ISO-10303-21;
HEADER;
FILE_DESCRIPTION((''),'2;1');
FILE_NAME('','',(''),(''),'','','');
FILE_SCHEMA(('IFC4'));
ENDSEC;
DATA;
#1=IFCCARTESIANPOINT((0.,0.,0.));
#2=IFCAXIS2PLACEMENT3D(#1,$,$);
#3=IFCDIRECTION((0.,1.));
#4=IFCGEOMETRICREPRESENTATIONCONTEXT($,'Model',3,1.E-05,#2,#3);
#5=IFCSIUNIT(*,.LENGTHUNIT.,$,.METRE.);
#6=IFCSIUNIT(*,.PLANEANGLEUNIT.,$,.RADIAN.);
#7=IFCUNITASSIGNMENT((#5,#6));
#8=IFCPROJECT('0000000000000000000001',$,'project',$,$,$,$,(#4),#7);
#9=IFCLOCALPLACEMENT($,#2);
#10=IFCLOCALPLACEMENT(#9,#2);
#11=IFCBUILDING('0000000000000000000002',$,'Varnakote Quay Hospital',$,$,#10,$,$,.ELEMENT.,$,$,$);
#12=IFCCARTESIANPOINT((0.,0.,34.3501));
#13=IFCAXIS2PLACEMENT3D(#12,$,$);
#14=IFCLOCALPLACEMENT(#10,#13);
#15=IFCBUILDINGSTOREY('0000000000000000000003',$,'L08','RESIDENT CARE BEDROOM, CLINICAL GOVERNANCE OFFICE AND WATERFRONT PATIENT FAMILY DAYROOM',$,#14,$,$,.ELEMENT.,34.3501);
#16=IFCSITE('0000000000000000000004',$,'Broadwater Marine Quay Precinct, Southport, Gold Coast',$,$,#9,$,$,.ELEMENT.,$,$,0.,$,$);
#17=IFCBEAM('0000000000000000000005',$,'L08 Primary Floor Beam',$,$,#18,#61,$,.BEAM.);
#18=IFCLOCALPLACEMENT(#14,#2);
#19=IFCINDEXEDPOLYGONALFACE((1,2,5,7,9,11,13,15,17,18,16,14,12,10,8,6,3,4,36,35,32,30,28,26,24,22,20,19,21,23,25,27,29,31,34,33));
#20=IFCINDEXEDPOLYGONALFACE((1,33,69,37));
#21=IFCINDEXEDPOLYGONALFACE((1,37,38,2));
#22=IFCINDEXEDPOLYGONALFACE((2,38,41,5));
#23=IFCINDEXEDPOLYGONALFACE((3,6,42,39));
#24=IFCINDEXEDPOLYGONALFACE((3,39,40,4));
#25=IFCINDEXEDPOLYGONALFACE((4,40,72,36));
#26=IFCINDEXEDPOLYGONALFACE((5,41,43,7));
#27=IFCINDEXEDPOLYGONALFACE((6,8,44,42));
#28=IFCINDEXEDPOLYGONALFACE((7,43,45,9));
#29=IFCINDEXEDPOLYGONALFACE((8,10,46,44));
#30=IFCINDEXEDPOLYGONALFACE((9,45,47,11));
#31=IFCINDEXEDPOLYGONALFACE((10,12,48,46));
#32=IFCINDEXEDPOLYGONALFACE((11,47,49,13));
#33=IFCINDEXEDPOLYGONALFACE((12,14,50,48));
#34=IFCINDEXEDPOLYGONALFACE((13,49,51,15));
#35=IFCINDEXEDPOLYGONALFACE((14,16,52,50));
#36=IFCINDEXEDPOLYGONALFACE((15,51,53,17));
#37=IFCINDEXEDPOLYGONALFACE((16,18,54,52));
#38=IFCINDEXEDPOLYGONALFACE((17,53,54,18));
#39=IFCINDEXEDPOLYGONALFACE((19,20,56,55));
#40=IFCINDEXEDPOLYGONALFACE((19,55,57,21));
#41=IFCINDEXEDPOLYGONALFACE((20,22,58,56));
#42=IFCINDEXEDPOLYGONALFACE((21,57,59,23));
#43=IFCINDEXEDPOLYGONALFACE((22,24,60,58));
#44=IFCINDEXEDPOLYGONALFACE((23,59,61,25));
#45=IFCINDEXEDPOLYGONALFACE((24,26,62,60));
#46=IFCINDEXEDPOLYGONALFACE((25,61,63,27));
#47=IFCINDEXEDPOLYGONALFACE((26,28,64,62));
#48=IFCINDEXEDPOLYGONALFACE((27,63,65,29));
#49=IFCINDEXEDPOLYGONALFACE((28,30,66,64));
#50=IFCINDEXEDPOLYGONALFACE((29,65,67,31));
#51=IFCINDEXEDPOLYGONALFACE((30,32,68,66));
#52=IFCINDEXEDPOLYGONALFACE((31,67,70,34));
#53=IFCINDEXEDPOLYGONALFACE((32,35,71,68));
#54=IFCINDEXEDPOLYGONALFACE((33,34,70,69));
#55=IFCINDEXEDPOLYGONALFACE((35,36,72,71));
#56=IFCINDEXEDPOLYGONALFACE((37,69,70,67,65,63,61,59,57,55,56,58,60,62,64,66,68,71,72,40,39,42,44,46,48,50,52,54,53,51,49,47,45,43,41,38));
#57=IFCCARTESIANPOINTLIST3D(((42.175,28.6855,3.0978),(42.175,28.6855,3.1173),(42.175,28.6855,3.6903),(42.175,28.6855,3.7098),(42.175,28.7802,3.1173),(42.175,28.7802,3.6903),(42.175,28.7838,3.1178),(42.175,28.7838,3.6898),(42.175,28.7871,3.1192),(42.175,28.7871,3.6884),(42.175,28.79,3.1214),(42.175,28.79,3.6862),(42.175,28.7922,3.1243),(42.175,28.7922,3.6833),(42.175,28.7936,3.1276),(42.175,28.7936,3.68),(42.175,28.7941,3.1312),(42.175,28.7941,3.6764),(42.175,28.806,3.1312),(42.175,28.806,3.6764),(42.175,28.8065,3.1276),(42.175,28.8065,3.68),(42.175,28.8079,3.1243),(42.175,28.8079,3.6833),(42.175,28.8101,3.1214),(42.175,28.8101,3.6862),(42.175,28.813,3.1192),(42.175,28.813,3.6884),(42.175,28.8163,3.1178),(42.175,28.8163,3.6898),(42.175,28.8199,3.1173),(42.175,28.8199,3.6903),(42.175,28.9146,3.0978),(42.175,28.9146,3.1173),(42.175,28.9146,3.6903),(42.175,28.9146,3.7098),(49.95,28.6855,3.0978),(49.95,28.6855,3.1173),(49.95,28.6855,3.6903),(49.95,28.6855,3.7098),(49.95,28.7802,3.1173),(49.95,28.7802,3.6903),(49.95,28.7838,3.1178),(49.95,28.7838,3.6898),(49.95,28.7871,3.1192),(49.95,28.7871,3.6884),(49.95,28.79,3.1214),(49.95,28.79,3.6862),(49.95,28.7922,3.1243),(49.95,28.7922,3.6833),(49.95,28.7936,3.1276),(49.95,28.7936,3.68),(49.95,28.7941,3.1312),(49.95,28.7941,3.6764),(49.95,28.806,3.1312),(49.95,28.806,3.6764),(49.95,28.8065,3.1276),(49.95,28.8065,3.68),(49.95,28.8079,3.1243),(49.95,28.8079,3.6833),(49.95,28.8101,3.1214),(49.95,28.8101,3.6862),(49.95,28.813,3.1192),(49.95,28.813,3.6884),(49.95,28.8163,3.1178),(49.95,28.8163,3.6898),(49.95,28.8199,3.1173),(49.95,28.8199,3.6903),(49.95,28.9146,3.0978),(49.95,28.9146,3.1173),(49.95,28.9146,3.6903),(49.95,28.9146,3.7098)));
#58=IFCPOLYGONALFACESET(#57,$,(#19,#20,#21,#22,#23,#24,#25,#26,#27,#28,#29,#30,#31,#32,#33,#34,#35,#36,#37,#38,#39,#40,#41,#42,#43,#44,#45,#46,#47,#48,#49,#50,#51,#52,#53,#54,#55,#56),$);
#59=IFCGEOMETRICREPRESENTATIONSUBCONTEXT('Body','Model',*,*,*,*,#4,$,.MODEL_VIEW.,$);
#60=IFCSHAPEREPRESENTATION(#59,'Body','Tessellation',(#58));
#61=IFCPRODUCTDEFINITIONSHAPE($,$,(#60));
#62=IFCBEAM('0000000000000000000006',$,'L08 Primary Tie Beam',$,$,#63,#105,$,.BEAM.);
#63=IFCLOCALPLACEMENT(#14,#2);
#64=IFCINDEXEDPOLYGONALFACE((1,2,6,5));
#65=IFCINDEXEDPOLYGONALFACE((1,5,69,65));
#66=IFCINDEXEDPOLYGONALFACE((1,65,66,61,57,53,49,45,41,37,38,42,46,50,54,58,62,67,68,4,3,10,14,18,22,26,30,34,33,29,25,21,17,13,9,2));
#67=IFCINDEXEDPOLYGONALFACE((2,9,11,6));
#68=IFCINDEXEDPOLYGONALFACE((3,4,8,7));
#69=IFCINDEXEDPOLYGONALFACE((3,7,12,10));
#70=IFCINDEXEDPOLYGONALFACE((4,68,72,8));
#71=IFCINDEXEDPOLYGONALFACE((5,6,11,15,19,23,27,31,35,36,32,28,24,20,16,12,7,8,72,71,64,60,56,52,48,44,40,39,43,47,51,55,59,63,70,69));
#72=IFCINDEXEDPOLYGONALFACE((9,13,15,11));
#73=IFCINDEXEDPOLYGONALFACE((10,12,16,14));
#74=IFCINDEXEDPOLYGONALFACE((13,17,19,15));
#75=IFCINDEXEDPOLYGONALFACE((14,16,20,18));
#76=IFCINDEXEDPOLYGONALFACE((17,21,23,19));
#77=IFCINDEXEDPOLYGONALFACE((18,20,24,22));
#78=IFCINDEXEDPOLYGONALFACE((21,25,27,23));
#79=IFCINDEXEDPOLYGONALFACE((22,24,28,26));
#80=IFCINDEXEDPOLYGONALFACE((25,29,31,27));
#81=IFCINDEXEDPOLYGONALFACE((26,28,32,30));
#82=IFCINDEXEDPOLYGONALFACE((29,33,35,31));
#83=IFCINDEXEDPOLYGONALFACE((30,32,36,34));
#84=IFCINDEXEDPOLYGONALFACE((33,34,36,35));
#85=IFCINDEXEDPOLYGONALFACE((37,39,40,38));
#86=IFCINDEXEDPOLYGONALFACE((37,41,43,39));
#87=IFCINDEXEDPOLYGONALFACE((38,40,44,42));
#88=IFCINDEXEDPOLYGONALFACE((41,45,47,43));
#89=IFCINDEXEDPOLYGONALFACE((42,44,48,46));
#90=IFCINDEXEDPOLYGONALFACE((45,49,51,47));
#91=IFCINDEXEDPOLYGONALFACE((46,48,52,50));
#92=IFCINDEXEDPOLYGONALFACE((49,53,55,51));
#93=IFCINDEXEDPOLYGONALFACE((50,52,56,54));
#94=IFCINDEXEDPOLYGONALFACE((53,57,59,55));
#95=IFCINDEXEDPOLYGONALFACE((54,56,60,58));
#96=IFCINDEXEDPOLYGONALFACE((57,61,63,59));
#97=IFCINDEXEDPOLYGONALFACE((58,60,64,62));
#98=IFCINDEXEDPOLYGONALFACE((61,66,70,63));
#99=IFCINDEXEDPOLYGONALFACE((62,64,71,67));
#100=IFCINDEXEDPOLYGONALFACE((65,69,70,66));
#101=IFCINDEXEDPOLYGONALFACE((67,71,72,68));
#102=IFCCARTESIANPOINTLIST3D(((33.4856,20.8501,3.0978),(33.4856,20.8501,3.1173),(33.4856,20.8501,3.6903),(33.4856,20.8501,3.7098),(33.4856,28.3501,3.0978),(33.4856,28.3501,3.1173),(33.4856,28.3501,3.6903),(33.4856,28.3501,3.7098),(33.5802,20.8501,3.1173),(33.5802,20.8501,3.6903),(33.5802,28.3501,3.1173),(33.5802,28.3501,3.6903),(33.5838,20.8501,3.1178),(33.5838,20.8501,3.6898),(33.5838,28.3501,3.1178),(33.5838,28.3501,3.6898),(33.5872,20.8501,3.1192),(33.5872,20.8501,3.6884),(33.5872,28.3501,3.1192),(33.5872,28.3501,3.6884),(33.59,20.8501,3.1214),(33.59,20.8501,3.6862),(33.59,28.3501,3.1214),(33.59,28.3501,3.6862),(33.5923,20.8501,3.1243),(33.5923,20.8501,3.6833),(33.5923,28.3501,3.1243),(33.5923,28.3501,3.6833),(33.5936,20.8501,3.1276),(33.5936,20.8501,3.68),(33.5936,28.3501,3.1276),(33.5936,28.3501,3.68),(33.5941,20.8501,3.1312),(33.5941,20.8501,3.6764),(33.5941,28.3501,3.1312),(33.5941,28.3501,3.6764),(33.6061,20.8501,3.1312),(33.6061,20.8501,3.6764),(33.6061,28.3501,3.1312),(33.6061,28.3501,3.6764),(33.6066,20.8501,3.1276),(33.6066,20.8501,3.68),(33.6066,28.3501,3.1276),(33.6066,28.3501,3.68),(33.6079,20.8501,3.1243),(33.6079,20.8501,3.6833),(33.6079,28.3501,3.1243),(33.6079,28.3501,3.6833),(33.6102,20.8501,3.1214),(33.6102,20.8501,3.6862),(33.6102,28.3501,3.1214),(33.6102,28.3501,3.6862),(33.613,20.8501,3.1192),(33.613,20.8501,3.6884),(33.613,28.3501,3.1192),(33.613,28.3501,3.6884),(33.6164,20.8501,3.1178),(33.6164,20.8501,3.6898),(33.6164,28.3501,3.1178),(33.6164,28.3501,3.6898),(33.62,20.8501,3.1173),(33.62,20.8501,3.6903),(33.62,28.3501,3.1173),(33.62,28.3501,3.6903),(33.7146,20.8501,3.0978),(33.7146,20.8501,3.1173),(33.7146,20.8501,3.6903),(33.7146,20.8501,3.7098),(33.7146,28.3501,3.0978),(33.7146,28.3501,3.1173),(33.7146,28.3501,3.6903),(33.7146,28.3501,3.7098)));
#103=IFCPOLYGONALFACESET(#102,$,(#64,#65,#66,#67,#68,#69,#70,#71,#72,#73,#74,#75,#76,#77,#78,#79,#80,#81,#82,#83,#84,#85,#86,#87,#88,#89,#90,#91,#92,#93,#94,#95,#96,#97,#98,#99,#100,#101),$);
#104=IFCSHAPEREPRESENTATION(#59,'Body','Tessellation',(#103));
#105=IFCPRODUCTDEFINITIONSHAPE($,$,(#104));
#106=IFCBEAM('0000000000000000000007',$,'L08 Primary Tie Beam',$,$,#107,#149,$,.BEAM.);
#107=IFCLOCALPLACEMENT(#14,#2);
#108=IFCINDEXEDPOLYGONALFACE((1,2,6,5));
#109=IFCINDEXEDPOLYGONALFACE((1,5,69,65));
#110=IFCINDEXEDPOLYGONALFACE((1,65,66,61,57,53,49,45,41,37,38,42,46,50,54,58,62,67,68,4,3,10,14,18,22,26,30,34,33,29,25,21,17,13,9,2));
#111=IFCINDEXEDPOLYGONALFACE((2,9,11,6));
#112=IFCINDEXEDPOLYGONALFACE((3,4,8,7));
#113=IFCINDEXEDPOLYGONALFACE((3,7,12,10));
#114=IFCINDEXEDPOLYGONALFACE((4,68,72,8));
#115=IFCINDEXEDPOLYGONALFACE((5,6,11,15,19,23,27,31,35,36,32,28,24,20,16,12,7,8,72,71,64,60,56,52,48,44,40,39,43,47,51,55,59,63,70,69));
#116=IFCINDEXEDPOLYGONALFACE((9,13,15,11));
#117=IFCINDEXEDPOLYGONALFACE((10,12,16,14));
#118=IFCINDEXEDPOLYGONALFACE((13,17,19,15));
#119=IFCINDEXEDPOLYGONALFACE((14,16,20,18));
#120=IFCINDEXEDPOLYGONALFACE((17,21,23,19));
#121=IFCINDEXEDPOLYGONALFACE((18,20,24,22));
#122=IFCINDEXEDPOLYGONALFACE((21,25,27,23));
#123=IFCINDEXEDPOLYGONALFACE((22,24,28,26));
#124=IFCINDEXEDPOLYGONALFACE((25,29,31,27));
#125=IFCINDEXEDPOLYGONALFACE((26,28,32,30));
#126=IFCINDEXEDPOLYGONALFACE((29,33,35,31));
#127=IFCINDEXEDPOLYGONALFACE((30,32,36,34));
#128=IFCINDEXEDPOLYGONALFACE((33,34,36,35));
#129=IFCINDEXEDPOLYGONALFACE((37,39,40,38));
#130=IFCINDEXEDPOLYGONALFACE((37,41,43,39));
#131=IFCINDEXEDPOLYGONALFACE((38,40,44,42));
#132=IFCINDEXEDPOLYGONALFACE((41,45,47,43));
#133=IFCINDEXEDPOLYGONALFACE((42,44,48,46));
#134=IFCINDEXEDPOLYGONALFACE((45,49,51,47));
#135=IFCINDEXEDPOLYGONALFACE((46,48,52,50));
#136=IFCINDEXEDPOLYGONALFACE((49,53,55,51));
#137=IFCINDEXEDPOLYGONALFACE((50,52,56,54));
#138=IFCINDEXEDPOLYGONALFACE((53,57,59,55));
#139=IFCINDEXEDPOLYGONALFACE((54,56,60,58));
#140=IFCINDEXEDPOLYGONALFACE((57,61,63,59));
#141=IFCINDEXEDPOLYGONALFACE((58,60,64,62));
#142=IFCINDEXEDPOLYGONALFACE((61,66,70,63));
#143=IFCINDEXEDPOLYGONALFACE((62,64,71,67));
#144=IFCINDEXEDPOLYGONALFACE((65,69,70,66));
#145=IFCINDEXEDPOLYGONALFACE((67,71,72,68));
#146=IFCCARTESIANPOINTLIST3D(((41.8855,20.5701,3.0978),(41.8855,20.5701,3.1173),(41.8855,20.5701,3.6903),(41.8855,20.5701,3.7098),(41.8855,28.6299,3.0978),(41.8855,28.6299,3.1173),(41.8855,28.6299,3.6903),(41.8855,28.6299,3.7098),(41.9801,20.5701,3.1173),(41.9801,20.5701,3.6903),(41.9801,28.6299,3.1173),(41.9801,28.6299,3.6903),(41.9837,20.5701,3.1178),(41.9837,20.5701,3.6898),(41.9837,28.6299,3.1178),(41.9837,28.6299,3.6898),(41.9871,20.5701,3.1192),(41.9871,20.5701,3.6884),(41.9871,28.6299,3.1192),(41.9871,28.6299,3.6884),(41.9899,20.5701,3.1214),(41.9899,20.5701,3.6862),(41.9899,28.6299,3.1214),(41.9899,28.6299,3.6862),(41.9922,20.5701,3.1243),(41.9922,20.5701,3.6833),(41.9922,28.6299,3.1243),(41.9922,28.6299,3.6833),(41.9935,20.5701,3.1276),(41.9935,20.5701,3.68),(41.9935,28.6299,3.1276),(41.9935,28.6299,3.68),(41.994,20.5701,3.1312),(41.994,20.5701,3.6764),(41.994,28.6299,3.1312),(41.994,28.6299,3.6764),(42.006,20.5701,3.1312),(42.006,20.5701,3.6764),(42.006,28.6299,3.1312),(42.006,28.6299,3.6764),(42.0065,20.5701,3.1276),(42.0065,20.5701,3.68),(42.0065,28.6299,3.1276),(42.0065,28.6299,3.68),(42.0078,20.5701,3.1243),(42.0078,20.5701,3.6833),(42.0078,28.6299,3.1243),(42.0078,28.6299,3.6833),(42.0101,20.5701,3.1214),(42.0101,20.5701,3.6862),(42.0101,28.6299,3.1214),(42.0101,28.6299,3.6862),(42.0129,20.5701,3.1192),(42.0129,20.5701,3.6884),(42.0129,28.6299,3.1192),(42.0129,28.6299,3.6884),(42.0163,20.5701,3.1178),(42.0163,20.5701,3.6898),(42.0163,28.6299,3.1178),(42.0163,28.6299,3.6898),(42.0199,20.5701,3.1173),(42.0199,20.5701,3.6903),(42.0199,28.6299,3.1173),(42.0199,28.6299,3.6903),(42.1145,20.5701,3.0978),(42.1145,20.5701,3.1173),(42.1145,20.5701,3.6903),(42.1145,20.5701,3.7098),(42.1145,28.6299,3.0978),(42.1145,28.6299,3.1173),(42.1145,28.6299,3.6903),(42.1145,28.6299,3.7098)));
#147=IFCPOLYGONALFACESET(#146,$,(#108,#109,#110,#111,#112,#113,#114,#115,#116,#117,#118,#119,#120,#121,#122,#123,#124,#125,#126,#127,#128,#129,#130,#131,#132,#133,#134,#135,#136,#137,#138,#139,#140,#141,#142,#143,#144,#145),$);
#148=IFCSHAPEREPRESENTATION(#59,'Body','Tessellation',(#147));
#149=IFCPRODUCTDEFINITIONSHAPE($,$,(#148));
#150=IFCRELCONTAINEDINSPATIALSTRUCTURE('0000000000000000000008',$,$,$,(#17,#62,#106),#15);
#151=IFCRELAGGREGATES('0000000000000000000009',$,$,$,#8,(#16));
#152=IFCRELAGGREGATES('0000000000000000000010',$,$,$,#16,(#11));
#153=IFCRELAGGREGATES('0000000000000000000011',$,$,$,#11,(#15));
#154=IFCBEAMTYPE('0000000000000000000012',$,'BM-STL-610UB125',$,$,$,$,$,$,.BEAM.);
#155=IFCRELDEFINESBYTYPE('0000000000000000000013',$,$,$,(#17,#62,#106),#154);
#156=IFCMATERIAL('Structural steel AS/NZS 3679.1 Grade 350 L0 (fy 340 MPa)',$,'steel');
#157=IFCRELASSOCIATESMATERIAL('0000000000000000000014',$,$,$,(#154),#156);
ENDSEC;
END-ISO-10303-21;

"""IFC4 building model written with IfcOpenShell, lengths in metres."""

from ifc_helpers import new_model, si_unit, direction, frame, origin, origin_2d, place, context, subcontext, project, spatial, i_section, extrude, material, material_profile, profile_set, type_object, element, save


model = new_model("IFC4")

# Units and contexts
model_context = context("Model", 3, precision=1e-05, world=origin(), true_north=direction((0.0, 1.0)))
body_context = subcontext(model_context, "Body", "Model", "MODEL_VIEW")
ifc_project = project(units=[si_unit("LENGTHUNIT", "METRE"), si_unit("PLANEANGLEUNIT", "RADIAN")], contexts=[model_context])

# Site, building, storey
site_placement = place(None, origin())
site = spatial("IfcSite", under=ifc_project, at=site_placement, Name="Broadwater Marine Quay Precinct, Southport, Gold Coast", CompositionType="ELEMENT", RefElevation=0.0)
building_placement = place(site_placement, origin())
building = spatial("IfcBuilding", under=site, at=building_placement, Name="Varnakote Quay Hospital", CompositionType="ELEMENT")
storey_placement = place(building_placement, frame((0.0, 0.0, 34.3501)))
storey = spatial("IfcBuildingStorey", under=building, at=storey_placement, Name="L08", Description="RESIDENT CARE BEDROOM, CLINICAL GOVERNANCE OFFICE AND WATERFRONT PATIENT FAMILY DAYROOM", CompositionType="ELEMENT", Elevation=34.3501)

# Beams
ifc_material_1 = material(Name="Structural steel AS/NZS 3679.1 Grade 350 L0 (fy 340 MPa)", Category="steel")
ifc_material_profile_1 = material_profile(ifc_material_1, i_section(OverallWidth=0.229, OverallDepth=0.6121, WebThickness=0.012, FlangeThickness=0.0195, FilletRadius=0.0139, at=origin_2d()), Name="610UB125")
ifc_profile_set_1 = profile_set([ifc_material_profile_1], Name="Structural steel AS/NZS 3679.1 Grade 350 L0 (fy 340 MPa)")
beam_type_1 = type_object("IfcBeamType", Name="BM-STL-610UB125", PredefinedType="BEAM", material=ifc_profile_set_1)
for number, where, z_axis, x_axis, name in (
    (1, (42.175, 28.8, 3.4038), (1.0, 0.0, 0.0), (0.0, 1.0, 0.0), "L08 Primary Floor Beam"),
):
    element("IfcBeam", number, at=place(storey_placement, frame(where, z_axis=z_axis, x_axis=x_axis)), inside=storey, type_object=beam_type_1, Name=name, PredefinedType="BEAM", context=body_context, shape_type="SweptSolid", body=[
        extrude(i_section(OverallWidth=0.229, OverallDepth=0.6121, WebThickness=0.012, FlangeThickness=0.0195, FilletRadius=0.0139, at=origin_2d()), origin(), (0.0, 0.0, 1.0), 7.7749),
    ])
beam_1_placement = place(storey_placement, frame((33.6001, 20.8501, 3.4038), z_axis=(0.0, 1.0, 0.0), x_axis=(-1.0, 0.0, 0.0)))
element("IfcBeam", 2, at=beam_1_placement, inside=storey, type_object=beam_type_1, Name="L08 Primary Tie Beam", PredefinedType="BEAM", context=body_context, shape_type="SweptSolid", body=[
    extrude(i_section(OverallWidth=0.229, OverallDepth=0.6121, WebThickness=0.012, FlangeThickness=0.0195, FilletRadius=0.0139, at=origin_2d()), origin(), (0.0, 0.0, 1.0), 7.5),
])
beam_2_placement = place(storey_placement, frame((42.0, 20.5701, 3.4038), z_axis=(0.0, 1.0, 0.0), x_axis=(-1.0, 0.0, 0.0)))
element("IfcBeam", 3, at=beam_2_placement, inside=storey, type_object=beam_type_1, Name="L08 Primary Tie Beam", PredefinedType="BEAM", context=body_context, shape_type="SweptSolid", body=[
    extrude(i_section(OverallWidth=0.229, OverallDepth=0.6121, WebThickness=0.012, FlangeThickness=0.0195, FilletRadius=0.0139, at=origin_2d()), origin(), (0.0, 0.0, 1.0), 8.0598),
])

save(model, "model.ifc")
